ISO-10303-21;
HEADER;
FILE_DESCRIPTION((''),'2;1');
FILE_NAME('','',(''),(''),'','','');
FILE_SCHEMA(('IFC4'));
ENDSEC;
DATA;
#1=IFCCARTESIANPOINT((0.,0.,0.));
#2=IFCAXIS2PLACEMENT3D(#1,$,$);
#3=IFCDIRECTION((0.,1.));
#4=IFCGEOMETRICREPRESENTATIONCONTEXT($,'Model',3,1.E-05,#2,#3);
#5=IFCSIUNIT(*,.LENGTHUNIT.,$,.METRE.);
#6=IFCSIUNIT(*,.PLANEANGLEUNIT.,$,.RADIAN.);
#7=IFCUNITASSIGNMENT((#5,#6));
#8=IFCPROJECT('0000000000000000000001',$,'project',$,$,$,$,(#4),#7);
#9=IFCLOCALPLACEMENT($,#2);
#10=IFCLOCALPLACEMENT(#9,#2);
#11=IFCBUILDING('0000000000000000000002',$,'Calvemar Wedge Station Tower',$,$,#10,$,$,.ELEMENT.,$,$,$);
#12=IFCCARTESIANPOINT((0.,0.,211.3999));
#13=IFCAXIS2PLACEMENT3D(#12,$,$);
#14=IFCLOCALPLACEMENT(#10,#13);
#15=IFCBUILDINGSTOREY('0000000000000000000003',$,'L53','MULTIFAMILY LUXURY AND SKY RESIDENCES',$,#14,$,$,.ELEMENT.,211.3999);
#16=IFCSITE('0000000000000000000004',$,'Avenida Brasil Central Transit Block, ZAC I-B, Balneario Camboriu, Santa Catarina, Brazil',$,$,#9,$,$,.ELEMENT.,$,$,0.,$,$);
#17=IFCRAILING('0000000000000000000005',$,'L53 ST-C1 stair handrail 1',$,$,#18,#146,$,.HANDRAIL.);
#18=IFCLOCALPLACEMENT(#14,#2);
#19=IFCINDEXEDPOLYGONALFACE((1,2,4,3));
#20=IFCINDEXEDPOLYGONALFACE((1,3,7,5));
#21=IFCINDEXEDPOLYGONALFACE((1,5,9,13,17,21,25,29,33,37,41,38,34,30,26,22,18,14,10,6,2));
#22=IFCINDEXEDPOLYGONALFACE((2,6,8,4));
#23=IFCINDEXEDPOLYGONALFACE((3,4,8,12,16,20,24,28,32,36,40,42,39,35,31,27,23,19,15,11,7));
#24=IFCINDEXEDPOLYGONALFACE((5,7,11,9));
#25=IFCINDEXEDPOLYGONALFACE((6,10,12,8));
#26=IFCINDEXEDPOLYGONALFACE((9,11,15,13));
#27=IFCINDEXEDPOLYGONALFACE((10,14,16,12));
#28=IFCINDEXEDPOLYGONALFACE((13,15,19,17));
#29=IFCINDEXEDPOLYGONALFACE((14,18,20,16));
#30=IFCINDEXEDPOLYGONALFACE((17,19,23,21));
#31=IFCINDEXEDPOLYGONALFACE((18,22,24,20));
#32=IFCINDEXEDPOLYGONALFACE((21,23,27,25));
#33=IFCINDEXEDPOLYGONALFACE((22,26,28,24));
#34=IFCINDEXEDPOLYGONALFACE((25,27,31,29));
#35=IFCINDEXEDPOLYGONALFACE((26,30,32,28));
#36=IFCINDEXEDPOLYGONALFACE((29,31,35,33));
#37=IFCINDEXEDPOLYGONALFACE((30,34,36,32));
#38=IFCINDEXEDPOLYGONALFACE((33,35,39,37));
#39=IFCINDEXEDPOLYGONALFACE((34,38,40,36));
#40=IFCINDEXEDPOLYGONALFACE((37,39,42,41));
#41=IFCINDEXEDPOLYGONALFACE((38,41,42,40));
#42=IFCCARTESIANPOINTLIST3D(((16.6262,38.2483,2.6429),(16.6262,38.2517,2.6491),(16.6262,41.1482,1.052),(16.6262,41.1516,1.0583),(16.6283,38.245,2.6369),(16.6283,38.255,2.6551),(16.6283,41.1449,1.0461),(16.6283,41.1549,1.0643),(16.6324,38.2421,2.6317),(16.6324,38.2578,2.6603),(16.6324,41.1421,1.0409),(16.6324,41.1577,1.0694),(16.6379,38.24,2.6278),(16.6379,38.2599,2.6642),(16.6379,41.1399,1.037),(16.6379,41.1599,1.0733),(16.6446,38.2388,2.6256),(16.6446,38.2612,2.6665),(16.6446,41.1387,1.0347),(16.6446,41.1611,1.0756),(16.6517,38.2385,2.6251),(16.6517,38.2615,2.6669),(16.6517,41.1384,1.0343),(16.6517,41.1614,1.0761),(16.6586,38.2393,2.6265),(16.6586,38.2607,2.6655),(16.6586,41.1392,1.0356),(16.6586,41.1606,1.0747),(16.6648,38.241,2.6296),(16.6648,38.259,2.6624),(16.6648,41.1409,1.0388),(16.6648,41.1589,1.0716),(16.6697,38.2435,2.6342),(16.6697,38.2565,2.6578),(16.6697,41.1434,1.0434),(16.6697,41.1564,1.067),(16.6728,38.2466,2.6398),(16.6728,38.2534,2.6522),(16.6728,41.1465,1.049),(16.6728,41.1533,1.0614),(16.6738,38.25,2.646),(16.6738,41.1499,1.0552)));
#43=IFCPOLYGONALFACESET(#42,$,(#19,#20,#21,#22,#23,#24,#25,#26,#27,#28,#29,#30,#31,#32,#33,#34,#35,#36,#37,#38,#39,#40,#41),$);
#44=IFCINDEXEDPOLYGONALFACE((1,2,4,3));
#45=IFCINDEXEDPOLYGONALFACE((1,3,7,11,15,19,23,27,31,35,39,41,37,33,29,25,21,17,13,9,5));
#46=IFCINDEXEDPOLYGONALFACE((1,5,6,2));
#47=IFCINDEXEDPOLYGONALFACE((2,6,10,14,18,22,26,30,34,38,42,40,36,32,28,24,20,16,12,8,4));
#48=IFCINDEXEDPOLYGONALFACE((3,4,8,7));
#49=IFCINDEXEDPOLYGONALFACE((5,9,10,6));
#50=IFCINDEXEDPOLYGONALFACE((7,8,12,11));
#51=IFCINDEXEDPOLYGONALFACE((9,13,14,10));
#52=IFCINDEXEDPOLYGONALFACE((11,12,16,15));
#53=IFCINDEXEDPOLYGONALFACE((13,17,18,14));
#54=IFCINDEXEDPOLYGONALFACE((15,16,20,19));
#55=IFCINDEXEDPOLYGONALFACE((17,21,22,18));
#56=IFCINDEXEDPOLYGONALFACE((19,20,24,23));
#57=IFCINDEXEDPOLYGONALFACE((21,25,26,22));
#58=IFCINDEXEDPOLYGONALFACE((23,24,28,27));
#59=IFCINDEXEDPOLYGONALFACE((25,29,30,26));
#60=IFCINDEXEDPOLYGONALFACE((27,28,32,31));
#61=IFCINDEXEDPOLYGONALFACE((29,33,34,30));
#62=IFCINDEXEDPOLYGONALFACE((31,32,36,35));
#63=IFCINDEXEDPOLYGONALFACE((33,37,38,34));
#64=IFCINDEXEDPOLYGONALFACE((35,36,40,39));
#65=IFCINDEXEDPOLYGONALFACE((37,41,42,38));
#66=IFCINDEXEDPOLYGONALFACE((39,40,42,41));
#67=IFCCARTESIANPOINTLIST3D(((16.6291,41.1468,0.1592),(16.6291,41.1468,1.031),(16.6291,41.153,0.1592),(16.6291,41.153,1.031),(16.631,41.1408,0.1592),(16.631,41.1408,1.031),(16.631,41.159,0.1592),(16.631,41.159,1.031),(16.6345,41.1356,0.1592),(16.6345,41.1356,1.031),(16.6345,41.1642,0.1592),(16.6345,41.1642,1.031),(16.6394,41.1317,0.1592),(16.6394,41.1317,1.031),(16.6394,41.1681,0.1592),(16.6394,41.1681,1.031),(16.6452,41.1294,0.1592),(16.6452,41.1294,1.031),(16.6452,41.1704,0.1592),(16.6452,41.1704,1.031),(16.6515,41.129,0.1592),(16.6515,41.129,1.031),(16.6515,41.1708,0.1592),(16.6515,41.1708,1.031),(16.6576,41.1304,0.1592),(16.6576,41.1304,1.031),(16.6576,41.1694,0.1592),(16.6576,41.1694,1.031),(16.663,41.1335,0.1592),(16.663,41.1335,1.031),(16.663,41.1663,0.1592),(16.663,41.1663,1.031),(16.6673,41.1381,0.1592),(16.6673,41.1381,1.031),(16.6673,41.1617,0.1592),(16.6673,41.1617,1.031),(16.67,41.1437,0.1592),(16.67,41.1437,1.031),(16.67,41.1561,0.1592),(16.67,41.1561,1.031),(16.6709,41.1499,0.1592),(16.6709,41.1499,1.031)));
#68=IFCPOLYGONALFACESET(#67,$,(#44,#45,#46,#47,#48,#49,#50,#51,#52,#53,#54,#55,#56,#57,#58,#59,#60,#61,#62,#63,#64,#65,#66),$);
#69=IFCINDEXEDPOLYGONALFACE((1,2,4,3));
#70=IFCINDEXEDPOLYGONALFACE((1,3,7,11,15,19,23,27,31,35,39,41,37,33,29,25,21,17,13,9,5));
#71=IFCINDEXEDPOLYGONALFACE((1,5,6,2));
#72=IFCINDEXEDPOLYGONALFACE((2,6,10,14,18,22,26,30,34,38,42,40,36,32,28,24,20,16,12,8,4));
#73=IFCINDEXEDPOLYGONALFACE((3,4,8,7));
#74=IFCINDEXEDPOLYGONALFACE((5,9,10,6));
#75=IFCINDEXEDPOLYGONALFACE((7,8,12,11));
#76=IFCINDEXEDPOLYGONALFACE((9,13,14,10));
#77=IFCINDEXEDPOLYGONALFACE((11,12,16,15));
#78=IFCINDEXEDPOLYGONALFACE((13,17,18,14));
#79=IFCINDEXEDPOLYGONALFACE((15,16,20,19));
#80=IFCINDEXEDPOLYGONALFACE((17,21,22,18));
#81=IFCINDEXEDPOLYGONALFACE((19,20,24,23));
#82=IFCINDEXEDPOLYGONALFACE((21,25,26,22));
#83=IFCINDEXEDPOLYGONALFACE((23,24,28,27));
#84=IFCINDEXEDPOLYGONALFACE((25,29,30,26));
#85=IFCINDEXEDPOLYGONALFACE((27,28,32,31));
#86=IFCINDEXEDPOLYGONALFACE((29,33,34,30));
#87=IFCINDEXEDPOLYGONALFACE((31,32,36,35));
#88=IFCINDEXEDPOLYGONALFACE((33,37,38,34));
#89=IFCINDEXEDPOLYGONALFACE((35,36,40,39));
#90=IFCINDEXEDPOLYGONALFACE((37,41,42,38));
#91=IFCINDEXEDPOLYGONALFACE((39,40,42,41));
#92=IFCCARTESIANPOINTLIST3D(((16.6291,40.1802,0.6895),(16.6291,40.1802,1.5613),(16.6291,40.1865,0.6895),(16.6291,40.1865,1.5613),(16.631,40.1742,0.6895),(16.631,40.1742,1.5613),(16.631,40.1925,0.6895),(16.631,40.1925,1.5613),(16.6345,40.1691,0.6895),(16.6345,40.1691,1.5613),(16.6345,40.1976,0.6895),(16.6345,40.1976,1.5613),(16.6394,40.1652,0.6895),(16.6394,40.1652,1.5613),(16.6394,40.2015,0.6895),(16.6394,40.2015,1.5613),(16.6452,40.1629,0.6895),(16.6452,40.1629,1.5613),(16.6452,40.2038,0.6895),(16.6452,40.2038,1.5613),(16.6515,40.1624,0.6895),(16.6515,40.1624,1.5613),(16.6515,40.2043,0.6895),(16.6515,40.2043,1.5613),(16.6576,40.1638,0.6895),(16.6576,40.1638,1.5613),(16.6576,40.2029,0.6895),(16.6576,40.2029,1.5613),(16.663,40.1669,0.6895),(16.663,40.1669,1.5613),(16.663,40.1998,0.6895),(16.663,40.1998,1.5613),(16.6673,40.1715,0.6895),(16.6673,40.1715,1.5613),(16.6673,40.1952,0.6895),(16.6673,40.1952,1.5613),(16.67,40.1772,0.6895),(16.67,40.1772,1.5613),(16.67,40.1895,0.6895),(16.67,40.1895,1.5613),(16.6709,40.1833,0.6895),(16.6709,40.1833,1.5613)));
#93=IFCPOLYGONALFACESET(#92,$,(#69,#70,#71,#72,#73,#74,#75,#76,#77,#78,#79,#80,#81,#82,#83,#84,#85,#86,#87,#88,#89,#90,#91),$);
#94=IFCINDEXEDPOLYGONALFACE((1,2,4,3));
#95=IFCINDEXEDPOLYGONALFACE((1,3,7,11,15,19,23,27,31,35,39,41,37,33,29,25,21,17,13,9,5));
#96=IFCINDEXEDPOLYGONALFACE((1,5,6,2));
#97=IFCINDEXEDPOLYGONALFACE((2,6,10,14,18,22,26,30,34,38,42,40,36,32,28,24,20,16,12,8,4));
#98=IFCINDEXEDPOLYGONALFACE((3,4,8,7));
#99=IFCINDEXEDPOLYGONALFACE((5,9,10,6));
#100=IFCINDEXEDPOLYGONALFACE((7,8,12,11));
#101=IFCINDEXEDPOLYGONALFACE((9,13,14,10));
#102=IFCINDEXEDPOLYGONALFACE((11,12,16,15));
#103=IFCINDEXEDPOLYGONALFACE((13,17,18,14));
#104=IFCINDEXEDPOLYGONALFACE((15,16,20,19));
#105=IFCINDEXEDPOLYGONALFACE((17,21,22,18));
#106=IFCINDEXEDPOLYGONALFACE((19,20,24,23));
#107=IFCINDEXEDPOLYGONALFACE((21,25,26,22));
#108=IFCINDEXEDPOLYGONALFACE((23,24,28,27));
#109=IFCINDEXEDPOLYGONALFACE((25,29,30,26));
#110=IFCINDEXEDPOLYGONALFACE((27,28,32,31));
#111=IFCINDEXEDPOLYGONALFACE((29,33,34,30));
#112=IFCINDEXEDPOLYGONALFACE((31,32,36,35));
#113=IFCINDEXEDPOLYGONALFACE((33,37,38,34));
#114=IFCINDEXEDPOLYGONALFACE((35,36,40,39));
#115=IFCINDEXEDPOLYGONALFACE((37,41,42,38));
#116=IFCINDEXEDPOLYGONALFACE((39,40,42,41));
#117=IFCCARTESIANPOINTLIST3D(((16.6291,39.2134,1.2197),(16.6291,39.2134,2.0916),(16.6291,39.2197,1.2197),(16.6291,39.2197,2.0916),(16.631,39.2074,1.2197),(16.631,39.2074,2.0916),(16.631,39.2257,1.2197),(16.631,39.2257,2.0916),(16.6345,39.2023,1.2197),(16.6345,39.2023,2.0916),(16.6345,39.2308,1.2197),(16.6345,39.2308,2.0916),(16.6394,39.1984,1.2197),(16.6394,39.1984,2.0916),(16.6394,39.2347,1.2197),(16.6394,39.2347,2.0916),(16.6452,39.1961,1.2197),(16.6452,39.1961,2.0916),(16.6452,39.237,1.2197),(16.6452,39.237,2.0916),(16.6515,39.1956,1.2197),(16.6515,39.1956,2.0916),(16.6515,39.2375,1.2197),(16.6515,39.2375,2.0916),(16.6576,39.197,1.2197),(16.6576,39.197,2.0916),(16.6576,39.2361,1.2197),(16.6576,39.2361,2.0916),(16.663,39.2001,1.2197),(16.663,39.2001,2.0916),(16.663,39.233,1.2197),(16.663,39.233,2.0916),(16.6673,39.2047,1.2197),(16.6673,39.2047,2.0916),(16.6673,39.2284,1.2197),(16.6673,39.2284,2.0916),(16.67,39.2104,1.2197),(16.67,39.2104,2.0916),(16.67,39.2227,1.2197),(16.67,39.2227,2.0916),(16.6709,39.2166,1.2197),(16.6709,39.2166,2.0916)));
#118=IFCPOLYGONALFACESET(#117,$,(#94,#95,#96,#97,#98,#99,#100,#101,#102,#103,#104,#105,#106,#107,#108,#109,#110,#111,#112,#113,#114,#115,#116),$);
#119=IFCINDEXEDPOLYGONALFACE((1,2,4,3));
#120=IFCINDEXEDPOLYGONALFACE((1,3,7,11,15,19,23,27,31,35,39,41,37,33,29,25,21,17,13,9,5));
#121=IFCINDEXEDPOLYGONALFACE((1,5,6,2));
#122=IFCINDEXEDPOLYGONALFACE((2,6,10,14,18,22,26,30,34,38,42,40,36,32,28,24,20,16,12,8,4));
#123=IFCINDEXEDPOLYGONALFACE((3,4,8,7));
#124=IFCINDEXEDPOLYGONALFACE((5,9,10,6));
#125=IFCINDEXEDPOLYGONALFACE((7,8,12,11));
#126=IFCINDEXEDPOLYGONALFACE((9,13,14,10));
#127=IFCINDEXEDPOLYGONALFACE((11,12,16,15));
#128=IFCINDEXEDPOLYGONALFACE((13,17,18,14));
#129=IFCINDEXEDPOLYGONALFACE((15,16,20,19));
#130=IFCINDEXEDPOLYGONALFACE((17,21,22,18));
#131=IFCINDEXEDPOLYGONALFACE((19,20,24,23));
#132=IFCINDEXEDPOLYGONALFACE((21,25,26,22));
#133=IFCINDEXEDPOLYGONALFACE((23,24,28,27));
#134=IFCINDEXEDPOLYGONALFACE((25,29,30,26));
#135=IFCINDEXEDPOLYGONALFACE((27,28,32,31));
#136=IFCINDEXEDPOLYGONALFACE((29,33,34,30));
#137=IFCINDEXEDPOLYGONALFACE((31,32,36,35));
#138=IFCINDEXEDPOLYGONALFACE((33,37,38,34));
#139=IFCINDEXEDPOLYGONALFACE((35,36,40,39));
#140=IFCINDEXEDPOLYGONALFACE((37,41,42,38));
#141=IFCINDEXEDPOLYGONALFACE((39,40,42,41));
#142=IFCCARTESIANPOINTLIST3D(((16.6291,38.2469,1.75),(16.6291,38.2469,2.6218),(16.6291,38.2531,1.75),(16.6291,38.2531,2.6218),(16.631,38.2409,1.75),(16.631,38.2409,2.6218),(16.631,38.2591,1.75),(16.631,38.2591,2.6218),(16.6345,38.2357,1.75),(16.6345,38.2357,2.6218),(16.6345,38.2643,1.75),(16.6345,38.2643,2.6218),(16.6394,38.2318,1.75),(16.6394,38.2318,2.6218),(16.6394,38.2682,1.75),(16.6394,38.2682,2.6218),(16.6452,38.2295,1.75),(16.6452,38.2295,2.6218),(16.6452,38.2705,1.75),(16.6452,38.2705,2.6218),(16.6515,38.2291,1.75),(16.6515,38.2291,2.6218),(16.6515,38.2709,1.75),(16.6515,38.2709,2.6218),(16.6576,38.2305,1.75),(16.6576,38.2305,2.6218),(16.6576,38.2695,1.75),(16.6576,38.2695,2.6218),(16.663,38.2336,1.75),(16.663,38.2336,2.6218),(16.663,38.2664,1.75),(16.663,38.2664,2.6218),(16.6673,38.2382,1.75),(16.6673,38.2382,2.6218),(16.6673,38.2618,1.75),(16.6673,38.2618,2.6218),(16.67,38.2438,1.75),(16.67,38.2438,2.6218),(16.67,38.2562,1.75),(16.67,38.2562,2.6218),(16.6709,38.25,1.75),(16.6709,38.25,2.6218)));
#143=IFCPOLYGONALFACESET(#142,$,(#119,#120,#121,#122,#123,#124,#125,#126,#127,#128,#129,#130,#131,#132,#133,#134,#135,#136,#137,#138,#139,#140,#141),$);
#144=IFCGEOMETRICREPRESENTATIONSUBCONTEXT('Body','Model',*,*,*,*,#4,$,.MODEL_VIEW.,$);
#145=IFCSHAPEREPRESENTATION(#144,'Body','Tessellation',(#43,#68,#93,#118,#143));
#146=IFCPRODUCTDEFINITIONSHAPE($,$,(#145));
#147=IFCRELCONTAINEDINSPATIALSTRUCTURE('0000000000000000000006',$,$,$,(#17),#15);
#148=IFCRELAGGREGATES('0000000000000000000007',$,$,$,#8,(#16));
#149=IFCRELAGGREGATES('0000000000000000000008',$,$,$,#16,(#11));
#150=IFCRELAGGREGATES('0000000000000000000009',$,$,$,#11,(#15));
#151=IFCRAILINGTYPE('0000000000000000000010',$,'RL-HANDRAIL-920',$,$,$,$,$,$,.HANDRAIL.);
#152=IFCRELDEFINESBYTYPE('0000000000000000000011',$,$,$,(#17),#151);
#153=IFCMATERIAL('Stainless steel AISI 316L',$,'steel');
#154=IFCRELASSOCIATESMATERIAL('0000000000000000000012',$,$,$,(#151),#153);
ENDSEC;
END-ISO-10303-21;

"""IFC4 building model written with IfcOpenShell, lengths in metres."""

from ifc_helpers import new_model, si_unit, direction, frame, origin, origin_2d, place, context, subcontext, project, spatial, circle, extrude, material, type_object, element, save


model = new_model("IFC4")

# Units and contexts
model_context = context("Model", 3, precision=1e-05, world=origin(), true_north=direction((0.0, 1.0)))
body_context = subcontext(model_context, "Body", "Model", "MODEL_VIEW")
ifc_project = project(units=[si_unit("LENGTHUNIT", "METRE"), si_unit("PLANEANGLEUNIT", "RADIAN")], contexts=[model_context])

# Site, building, storey
site_placement = place(None, origin())
site = spatial("IfcSite", under=ifc_project, at=site_placement, Name="Avenida Brasil Central Transit Block, ZAC I-B, Balneario Camboriu, Santa Catarina, Brazil", CompositionType="ELEMENT", RefElevation=0.0)
building_placement = place(site_placement, origin())
building = spatial("IfcBuilding", under=site, at=building_placement, Name="Calvemar Wedge Station Tower", CompositionType="ELEMENT")
storey_placement = place(building_placement, frame((0.0, 0.0, 211.3999)))
storey = spatial("IfcBuildingStorey", under=building, at=storey_placement, Name="L53", Description="MULTIFAMILY LUXURY AND SKY RESIDENCES", CompositionType="ELEMENT", Elevation=211.3999)

# Railing
ifc_material_1 = material(Name="Stainless steel AISI 316L", Category="steel")
railing_type_1 = type_object("IfcRailingType", Name="RL-HANDRAIL-920", PredefinedType="HANDRAIL", material=ifc_material_1)
railing_1_placement = place(storey_placement, frame((16.6499, 41.1499, 0.1592)))
element("IfcRailing", 1, at=railing_1_placement, inside=storey, type_object=railing_type_1, Name="L53 ST-C1 stair handrail 1", PredefinedType="HANDRAIL", context=body_context, shape_type="SweptSolid", body=[
    extrude(circle(Radius=0.0239, at=origin_2d()), frame((0.0, 0.0, 0.896), z_axis=(0.0, -0.876742, 0.480961), x_axis=(1.0, 0.0, 0.0)), (0.0, 0.0, 1.0), 3.3076),
    extrude(circle(Radius=0.021, at=origin_2d()), origin(), (0.0, 0.0, 1.0), 0.8718),
    extrude(circle(Radius=0.021, at=origin_2d()), frame((0.0, -0.9666, 0.5303)), (0.0, 0.0, 1.0), 0.8718),
    extrude(circle(Radius=0.021, at=origin_2d()), frame((0.0, -1.9333, 1.0605)), (0.0, 0.0, 1.0), 0.8718),
    extrude(circle(Radius=0.021, at=origin_2d()), frame((0.0, -2.8999, 1.5908)), (0.0, 0.0, 1.0), 0.8718),
])

save(model, "model.ifc")
